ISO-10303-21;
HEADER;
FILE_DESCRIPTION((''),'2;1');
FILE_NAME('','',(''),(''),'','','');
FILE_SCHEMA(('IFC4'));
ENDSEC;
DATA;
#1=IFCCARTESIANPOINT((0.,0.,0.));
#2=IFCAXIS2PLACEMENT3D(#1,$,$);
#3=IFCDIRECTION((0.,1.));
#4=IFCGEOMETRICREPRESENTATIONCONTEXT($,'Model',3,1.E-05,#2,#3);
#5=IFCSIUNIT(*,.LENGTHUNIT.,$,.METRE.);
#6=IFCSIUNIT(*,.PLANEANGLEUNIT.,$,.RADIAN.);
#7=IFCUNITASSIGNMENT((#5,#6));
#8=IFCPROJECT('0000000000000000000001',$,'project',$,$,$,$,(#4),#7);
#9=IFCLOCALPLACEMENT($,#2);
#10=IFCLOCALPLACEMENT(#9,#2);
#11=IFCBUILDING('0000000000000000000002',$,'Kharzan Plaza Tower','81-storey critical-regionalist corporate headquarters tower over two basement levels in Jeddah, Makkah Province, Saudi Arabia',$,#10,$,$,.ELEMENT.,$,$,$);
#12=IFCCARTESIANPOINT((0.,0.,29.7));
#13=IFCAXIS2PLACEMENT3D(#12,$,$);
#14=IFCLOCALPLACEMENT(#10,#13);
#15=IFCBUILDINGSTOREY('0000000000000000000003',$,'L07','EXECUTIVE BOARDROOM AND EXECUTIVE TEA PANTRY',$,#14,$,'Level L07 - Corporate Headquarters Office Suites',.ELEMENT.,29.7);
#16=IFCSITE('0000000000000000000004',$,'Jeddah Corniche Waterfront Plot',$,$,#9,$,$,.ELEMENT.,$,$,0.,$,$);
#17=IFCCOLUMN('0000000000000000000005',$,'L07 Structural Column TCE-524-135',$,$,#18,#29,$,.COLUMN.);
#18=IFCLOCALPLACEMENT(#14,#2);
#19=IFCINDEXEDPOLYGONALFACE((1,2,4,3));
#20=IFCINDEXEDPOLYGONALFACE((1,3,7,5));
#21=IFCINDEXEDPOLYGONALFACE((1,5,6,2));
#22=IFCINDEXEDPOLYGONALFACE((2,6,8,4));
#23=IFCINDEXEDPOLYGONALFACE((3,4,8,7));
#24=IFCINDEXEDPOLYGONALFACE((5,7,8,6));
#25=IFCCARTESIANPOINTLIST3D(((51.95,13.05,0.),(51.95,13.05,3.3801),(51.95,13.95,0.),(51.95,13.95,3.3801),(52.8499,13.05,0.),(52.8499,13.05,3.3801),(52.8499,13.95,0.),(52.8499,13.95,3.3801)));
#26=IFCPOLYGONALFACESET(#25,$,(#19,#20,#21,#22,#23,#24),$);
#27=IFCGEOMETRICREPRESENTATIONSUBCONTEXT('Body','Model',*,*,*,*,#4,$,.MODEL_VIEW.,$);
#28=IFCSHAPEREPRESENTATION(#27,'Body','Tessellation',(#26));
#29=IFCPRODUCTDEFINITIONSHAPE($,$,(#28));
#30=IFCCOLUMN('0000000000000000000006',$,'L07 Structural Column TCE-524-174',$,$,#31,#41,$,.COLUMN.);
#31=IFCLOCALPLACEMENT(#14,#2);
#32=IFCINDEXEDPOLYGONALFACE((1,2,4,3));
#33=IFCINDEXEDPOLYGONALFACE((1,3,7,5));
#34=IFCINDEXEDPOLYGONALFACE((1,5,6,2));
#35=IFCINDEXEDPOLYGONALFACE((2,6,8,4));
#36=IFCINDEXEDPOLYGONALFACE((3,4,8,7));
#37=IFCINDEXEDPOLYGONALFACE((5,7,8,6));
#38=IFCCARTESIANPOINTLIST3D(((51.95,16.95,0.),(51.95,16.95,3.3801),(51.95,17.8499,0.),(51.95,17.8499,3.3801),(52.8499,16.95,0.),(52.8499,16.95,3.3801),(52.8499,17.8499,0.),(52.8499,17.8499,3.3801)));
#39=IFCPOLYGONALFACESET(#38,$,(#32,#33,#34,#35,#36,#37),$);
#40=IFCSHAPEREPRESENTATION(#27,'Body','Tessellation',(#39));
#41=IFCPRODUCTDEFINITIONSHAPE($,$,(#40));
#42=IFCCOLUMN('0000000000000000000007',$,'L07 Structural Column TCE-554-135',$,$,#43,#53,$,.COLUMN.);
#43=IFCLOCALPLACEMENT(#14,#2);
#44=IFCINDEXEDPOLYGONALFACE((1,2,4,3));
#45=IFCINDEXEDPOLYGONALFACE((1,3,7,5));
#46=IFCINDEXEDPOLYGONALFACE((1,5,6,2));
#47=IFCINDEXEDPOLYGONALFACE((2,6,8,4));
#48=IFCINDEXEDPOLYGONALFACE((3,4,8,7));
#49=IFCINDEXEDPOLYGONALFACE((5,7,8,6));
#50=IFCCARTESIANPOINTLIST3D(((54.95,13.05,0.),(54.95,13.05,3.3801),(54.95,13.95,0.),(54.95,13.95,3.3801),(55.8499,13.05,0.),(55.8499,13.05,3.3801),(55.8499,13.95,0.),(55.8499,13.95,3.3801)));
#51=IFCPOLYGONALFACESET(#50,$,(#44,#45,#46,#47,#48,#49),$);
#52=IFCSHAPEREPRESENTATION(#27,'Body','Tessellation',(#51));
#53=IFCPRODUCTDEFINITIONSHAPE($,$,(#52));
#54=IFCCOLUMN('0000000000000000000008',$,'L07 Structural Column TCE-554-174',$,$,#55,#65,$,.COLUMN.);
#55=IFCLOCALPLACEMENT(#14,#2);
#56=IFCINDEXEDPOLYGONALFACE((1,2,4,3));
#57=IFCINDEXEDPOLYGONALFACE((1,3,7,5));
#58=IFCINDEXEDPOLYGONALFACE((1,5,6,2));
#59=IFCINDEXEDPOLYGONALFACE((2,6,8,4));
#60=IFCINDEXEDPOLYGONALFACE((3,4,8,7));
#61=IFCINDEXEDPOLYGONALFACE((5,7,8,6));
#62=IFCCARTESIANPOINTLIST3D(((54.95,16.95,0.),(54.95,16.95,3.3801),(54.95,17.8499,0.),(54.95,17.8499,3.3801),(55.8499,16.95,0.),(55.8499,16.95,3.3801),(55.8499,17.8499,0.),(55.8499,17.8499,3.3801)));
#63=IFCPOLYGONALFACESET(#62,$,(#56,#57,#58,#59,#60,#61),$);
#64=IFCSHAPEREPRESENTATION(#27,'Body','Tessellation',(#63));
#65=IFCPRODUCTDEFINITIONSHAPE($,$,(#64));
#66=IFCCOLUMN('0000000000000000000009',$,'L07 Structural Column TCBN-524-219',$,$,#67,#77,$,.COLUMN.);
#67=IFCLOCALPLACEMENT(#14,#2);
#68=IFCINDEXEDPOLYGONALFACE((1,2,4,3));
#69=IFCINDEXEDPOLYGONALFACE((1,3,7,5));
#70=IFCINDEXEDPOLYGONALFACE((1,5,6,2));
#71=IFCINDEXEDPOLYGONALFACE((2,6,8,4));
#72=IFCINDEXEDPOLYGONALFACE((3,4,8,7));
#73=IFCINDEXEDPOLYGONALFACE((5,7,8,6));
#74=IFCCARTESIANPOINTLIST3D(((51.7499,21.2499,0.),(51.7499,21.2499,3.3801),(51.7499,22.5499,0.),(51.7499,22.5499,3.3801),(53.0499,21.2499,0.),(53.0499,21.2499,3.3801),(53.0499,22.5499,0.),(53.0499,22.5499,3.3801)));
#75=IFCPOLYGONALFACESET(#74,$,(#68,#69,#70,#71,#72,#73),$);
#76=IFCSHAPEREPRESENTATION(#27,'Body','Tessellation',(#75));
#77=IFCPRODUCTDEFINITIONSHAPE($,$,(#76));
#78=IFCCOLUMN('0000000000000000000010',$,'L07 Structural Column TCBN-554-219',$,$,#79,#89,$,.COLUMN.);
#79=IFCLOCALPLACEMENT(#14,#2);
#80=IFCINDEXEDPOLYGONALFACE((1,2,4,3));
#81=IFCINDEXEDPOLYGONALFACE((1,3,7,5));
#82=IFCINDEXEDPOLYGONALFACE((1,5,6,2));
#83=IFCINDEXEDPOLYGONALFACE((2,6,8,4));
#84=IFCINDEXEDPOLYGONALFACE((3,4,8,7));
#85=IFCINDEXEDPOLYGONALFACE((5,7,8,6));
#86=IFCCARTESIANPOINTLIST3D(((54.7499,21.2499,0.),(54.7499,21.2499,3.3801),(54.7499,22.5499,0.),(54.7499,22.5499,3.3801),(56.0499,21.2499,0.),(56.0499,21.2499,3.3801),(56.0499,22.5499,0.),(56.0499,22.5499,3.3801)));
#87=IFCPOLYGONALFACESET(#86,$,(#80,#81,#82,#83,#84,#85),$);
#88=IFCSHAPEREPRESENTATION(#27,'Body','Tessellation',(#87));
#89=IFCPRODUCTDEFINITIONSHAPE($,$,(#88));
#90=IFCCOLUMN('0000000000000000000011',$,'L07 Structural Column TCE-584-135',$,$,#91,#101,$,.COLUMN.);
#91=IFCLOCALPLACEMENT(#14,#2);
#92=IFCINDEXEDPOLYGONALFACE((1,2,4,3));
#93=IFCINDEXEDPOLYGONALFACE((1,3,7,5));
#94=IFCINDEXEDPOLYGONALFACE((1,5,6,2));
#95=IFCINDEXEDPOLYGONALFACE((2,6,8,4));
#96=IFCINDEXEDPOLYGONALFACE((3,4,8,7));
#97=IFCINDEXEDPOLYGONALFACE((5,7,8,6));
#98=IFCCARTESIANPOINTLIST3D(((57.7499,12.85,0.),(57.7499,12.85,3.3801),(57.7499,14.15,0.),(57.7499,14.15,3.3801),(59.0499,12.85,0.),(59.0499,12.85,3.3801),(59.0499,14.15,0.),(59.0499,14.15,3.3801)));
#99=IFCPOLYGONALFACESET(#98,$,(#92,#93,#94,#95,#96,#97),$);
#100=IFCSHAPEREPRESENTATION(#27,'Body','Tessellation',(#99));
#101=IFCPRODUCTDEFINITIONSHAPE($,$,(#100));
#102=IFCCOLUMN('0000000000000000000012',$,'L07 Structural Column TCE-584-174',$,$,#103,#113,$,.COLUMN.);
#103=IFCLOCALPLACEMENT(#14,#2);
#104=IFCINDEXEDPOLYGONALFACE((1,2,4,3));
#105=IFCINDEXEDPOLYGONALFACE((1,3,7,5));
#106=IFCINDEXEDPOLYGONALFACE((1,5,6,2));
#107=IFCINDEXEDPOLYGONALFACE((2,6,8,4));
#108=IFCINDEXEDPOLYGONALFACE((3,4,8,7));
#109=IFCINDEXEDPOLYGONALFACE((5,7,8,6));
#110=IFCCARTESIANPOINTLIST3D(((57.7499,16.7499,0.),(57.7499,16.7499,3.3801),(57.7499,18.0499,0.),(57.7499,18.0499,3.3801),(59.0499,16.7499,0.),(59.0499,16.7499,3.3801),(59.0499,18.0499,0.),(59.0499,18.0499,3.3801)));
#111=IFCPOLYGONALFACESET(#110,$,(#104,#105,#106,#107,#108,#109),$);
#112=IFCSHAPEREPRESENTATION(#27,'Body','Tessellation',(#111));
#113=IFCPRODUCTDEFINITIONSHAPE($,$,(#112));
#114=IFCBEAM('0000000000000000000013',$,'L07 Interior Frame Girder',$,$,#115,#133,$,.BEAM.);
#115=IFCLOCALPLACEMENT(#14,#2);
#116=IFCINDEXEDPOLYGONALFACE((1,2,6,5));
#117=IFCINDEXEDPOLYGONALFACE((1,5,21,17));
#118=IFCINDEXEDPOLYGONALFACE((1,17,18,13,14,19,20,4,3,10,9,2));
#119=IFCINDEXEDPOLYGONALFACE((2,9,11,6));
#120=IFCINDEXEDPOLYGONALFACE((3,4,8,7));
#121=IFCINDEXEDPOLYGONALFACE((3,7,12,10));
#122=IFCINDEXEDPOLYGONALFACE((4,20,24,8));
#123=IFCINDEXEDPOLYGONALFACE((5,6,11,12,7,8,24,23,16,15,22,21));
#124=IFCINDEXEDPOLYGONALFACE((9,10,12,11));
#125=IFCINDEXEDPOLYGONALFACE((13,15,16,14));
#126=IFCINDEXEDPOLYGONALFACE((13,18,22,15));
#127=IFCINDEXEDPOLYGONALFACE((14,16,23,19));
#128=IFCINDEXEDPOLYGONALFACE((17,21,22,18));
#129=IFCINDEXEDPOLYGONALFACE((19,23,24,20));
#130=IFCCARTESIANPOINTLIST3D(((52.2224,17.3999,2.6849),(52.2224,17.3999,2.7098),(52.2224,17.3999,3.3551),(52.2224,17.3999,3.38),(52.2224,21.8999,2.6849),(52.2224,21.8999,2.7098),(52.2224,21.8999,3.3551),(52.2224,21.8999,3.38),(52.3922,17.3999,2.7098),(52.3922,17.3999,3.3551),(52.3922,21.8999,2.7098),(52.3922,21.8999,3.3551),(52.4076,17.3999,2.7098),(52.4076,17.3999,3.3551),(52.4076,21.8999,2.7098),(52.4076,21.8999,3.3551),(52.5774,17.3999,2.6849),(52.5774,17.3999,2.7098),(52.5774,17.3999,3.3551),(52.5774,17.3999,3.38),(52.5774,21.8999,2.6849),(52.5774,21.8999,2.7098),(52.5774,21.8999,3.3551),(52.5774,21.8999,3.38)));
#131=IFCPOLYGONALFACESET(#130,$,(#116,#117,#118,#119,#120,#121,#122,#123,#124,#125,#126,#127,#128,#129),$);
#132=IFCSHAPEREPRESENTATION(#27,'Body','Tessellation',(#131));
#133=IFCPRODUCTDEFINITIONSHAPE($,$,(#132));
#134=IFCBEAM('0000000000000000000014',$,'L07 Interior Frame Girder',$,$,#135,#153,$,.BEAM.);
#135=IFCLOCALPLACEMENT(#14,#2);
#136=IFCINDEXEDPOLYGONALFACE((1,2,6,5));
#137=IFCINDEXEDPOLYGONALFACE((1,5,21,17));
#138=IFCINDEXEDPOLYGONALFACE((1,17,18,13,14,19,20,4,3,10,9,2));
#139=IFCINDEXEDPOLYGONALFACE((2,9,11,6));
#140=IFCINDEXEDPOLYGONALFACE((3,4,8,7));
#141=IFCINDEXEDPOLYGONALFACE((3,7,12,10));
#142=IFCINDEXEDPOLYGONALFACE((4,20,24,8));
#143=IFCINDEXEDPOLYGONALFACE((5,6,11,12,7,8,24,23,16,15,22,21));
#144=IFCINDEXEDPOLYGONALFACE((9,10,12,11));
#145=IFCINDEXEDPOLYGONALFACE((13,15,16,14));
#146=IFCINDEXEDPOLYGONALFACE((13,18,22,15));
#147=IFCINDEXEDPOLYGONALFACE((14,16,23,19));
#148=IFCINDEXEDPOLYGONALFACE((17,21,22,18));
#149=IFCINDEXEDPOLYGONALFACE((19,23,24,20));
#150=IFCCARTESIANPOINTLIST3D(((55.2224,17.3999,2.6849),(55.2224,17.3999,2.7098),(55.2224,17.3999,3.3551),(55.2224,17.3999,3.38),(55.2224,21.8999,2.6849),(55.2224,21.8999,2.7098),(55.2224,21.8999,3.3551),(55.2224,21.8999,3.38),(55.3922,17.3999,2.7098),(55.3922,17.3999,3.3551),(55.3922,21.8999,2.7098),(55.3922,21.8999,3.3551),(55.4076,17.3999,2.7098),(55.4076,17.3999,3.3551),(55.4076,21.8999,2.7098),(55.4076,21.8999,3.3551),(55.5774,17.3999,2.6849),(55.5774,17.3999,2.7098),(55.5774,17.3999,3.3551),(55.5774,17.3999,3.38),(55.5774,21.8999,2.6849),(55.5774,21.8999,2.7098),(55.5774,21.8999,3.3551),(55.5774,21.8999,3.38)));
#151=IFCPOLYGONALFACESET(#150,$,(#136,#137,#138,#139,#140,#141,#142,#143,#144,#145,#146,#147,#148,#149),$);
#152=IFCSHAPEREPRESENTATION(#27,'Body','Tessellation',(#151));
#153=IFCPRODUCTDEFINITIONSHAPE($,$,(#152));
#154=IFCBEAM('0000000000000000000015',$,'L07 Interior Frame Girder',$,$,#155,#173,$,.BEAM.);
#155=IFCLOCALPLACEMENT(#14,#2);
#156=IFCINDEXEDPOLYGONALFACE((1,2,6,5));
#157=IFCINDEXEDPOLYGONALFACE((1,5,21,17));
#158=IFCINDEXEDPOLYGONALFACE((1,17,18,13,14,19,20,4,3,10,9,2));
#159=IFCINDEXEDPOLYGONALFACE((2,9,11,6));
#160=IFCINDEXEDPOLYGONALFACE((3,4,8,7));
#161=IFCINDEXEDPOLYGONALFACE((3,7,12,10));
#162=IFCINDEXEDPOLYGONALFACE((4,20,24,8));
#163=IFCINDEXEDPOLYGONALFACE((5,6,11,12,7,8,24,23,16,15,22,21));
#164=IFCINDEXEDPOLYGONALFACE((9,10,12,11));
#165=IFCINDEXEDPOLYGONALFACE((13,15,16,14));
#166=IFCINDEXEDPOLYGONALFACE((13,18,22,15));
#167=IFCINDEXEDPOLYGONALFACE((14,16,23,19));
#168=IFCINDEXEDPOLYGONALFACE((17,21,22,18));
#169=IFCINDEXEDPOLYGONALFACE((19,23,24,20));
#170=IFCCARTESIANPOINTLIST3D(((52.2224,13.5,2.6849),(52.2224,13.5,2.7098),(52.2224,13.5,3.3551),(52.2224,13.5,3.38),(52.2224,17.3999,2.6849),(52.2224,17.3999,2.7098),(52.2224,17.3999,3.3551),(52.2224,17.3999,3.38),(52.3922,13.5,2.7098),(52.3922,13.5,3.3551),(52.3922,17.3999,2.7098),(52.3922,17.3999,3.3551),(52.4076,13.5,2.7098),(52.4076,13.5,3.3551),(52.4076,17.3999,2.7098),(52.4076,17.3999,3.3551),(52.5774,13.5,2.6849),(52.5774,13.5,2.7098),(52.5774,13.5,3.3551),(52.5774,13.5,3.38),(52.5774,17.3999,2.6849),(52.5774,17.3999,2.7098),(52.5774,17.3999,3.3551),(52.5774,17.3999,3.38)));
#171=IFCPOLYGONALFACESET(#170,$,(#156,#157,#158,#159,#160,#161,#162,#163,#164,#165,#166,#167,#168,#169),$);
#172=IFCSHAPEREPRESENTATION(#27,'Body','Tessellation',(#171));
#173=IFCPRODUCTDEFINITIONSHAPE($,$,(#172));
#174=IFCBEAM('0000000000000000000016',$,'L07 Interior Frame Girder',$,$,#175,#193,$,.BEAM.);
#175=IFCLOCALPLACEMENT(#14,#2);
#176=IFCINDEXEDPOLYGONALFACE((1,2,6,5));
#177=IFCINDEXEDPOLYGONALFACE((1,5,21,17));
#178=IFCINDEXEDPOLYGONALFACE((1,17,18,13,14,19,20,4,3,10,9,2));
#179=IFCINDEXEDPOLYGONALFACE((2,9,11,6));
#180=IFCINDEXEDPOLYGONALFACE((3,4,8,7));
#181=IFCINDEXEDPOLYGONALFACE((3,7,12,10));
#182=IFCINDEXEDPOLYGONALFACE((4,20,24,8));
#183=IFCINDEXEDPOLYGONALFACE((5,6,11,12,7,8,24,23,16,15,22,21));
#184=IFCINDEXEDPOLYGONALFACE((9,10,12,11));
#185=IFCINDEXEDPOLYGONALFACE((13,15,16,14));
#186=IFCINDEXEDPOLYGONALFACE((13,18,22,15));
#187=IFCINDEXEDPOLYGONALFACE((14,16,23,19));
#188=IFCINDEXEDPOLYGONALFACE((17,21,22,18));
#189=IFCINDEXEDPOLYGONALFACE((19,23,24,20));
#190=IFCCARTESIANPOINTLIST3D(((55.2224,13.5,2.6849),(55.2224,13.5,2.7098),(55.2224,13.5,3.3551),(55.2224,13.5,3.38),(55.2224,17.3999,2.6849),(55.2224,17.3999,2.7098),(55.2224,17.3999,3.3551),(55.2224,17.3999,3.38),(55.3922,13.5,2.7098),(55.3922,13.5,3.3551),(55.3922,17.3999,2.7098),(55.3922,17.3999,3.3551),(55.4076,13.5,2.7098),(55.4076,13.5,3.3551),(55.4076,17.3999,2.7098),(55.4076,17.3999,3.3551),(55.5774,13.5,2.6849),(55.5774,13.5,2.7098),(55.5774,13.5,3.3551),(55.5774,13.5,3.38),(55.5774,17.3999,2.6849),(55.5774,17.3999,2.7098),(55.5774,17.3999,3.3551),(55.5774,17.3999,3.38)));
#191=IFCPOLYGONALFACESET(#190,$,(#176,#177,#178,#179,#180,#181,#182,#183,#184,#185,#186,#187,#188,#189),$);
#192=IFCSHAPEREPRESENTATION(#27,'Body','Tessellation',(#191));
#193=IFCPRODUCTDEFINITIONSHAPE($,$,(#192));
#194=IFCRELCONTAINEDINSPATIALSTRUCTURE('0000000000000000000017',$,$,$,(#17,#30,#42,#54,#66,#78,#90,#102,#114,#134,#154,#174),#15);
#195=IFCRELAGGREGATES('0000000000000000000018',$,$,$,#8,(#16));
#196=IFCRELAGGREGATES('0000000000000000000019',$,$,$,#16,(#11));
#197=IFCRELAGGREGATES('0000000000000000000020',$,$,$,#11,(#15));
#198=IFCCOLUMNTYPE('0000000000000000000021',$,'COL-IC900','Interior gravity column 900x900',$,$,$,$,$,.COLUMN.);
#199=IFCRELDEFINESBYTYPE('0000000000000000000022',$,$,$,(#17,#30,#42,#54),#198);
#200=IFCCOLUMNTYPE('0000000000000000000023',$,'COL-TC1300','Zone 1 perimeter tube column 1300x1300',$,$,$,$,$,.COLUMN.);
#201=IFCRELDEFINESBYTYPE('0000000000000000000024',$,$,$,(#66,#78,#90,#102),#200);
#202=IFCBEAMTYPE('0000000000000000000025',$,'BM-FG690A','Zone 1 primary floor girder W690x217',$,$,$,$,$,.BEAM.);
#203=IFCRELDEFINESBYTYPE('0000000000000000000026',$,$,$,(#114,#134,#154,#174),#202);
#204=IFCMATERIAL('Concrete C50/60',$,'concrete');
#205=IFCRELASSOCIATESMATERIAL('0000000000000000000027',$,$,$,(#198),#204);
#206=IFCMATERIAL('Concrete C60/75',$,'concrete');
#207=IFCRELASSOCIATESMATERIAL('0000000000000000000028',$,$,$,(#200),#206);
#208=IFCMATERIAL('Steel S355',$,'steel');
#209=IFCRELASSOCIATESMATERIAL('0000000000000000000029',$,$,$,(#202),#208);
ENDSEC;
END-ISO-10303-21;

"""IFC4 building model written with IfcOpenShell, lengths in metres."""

from ifc_helpers import new_model, si_unit, direction, frame, origin, origin_2d, place, context, subcontext, project, spatial, rectangle, i_section, extrude, source, transform, mapped, material, material_profile, profile_set, type_object, element, save


model = new_model("IFC4")

# Units and contexts
model_context = context("Model", 3, precision=1e-05, world=origin(), true_north=direction((0.0, 1.0)))
body_context = subcontext(model_context, "Body", "Model", "MODEL_VIEW")
ifc_project = project(units=[si_unit("LENGTHUNIT", "METRE"), si_unit("PLANEANGLEUNIT", "RADIAN")], contexts=[model_context])

# Site, building, storey
site_placement = place(None, origin())
site = spatial("IfcSite", under=ifc_project, at=site_placement, Name="Jeddah Corniche Waterfront Plot", CompositionType="ELEMENT", RefElevation=0.0)
building_placement = place(site_placement, origin())
building = spatial("IfcBuilding", under=site, at=building_placement, Name="Kharzan Plaza Tower", Description="81-storey critical-regionalist corporate headquarters tower over two basement levels in Jeddah, Makkah Province, Saudi Arabia", CompositionType="ELEMENT")
storey_placement = place(building_placement, frame((0.0, 0.0, 29.7)))
storey = spatial("IfcBuildingStorey", under=building, at=storey_placement, Name="L07", Description="EXECUTIVE BOARDROOM AND EXECUTIVE TEA PANTRY", LongName="Level L07 - Corporate Headquarters Office Suites", CompositionType="ELEMENT", Elevation=29.7)

# Columns
ifc_material_1 = material(Name="Concrete C50/60", Category="concrete")
ifc_material_profile_1 = material_profile(ifc_material_1, rectangle(XDim=0.8999, YDim=0.8999, at=origin_2d()), Name="RC-IC900x900")
ifc_profile_set_1 = profile_set([ifc_material_profile_1], Name="Concrete C50/60")
column_type_1 = type_object("IfcColumnType", Name="COL-IC900", Description="Interior gravity column 900x900", PredefinedType="COLUMN", material=ifc_profile_set_1)
shared_shape_1 = source(origin(), body_context, "Body", "SweptSolid", [
    extrude(rectangle(XDim=0.8999, YDim=0.8999, at=origin_2d()), origin(), (0.0, 0.0, 1.0), 3.3801),
])
for number, where, z_axis, x_axis, name in (
    (1, (52.3999, 13.5, 0.0), (0.0, 0.0, 1.0), (1.0, 0.0, 0.0), "L07 Structural Column TCE-524-135"),
    (2, (52.3999, 17.3999, 0.0), (0.0, 0.0, 1.0), (1.0, 0.0, 0.0), "L07 Structural Column TCE-524-174"),
    (3, (55.3999, 13.5, 0.0), (0.0, 0.0, 1.0), (1.0, 0.0, 0.0), "L07 Structural Column TCE-554-135"),
    (4, (55.3999, 17.3999, 0.0), (0.0, 0.0, 1.0), (1.0, 0.0, 0.0), "L07 Structural Column TCE-554-174"),
):
    element("IfcColumn", number, at=place(storey_placement, frame(where, z_axis=z_axis, x_axis=x_axis)), inside=storey, type_object=column_type_1, Name=name, PredefinedType="COLUMN", context=body_context, shape_type="MappedRepresentation", body=[
        mapped(shared_shape_1, transform((0.0, 0.0, 0.0), x_axis=(1.0, 0.0, 0.0), y_axis=(0.0, 1.0, 0.0), z_axis=(0.0, 0.0, 1.0))),
    ])
ifc_material_2 = material(Name="Concrete C60/75", Category="concrete")
ifc_material_profile_2 = material_profile(ifc_material_2, rectangle(XDim=1.3, YDim=1.3, at=origin_2d()), Name="RC-TC1300x1300")
ifc_profile_set_2 = profile_set([ifc_material_profile_2], Name="Concrete C60/75")
column_type_2 = type_object("IfcColumnType", Name="COL-TC1300", Description="Zone 1 perimeter tube column 1300x1300", PredefinedType="COLUMN", material=ifc_profile_set_2)
shared_shape_2 = source(origin(), body_context, "Body", "SweptSolid", [
    extrude(rectangle(XDim=1.3, YDim=1.3, at=origin_2d()), origin(), (0.0, 0.0, 1.0), 3.3801),
])
for number, where, z_axis, x_axis, name in (
    (5, (52.3999, 21.8999, 0.0), (0.0, 0.0, 1.0), (1.0, 0.0, 0.0), "L07 Structural Column TCBN-524-219"),
    (6, (55.3999, 21.8999, 0.0), (0.0, 0.0, 1.0), (1.0, 0.0, 0.0), "L07 Structural Column TCBN-554-219"),
    (7, (58.3999, 13.5, 0.0), (0.0, 0.0, 1.0), (1.0, 0.0, 0.0), "L07 Structural Column TCE-584-135"),
    (8, (58.3999, 17.3999, 0.0), (0.0, 0.0, 1.0), (1.0, 0.0, 0.0), "L07 Structural Column TCE-584-174"),
):
    element("IfcColumn", number, at=place(storey_placement, frame(where, z_axis=z_axis, x_axis=x_axis)), inside=storey, type_object=column_type_2, Name=name, PredefinedType="COLUMN", context=body_context, shape_type="MappedRepresentation", body=[
        mapped(shared_shape_2, transform((0.0, 0.0, 0.0), x_axis=(1.0, 0.0, 0.0), y_axis=(0.0, 1.0, 0.0), z_axis=(0.0, 0.0, 1.0))),
    ])

# Beams
ifc_material_3 = material(Name="Steel S355", Category="steel")
ifc_material_profile_3 = material_profile(ifc_material_3, i_section(OverallWidth=0.355, OverallDepth=0.6951, WebThickness=0.0154, FlangeThickness=0.0249, at=origin_2d()), Name="W690x217")
ifc_profile_set_3 = profile_set([ifc_material_profile_3], Name="Steel S355")
beam_type_1 = type_object("IfcBeamType", Name="BM-FG690A", Description="Zone 1 primary floor girder W690x217", PredefinedType="BEAM", material=ifc_profile_set_3)
shared_shape_3 = source(origin(), body_context, "Body", "SweptSolid", [
    extrude(i_section(OverallWidth=0.355, OverallDepth=0.6951, WebThickness=0.0154, FlangeThickness=0.0249, at=origin_2d()), origin(), (0.0, 0.0, 1.0), 4.5),
])
for number, where, z_axis, x_axis, name in (
    (9, (52.3999, 17.3999, 3.0325), (0.0, 1.0, 0.0), (-1.0, 0.0, 0.0), "L07 Interior Frame Girder"),
    (10, (55.3999, 17.3999, 3.0325), (0.0, 1.0, 0.0), (-1.0, 0.0, 0.0), "L07 Interior Frame Girder"),
):
    element("IfcBeam", number, at=place(storey_placement, frame(where, z_axis=z_axis, x_axis=x_axis)), inside=storey, type_object=beam_type_1, Name=name, PredefinedType="BEAM", context=body_context, shape_type="MappedRepresentation", body=[
        mapped(shared_shape_3, transform((0.0, 0.0, 0.0), x_axis=(1.0, 0.0, 0.0), y_axis=(0.0, 1.0, 0.0), z_axis=(0.0, 0.0, 1.0))),
    ])
shared_shape_4 = source(origin(), body_context, "Body", "SweptSolid", [
    extrude(i_section(OverallWidth=0.355, OverallDepth=0.6951, WebThickness=0.0154, FlangeThickness=0.0249, at=origin_2d()), origin(), (0.0, 0.0, 1.0), 3.8999),
])
for number, where, z_axis, x_axis, name in (
    (11, (52.3999, 13.5, 3.0325), (0.0, 1.0, 0.0), (-1.0, 0.0, 0.0), "L07 Interior Frame Girder"),
    (12, (55.3999, 13.5, 3.0325), (0.0, 1.0, 0.0), (-1.0, 0.0, 0.0), "L07 Interior Frame Girder"),
):
    element("IfcBeam", number, at=place(storey_placement, frame(where, z_axis=z_axis, x_axis=x_axis)), inside=storey, type_object=beam_type_1, Name=name, PredefinedType="BEAM", context=body_context, shape_type="MappedRepresentation", body=[
        mapped(shared_shape_4, transform((0.0, 0.0, 0.0), x_axis=(1.0, 0.0, 0.0), y_axis=(0.0, 1.0, 0.0), z_axis=(0.0, 0.0, 1.0))),
    ])

save(model, "model.ifc")
